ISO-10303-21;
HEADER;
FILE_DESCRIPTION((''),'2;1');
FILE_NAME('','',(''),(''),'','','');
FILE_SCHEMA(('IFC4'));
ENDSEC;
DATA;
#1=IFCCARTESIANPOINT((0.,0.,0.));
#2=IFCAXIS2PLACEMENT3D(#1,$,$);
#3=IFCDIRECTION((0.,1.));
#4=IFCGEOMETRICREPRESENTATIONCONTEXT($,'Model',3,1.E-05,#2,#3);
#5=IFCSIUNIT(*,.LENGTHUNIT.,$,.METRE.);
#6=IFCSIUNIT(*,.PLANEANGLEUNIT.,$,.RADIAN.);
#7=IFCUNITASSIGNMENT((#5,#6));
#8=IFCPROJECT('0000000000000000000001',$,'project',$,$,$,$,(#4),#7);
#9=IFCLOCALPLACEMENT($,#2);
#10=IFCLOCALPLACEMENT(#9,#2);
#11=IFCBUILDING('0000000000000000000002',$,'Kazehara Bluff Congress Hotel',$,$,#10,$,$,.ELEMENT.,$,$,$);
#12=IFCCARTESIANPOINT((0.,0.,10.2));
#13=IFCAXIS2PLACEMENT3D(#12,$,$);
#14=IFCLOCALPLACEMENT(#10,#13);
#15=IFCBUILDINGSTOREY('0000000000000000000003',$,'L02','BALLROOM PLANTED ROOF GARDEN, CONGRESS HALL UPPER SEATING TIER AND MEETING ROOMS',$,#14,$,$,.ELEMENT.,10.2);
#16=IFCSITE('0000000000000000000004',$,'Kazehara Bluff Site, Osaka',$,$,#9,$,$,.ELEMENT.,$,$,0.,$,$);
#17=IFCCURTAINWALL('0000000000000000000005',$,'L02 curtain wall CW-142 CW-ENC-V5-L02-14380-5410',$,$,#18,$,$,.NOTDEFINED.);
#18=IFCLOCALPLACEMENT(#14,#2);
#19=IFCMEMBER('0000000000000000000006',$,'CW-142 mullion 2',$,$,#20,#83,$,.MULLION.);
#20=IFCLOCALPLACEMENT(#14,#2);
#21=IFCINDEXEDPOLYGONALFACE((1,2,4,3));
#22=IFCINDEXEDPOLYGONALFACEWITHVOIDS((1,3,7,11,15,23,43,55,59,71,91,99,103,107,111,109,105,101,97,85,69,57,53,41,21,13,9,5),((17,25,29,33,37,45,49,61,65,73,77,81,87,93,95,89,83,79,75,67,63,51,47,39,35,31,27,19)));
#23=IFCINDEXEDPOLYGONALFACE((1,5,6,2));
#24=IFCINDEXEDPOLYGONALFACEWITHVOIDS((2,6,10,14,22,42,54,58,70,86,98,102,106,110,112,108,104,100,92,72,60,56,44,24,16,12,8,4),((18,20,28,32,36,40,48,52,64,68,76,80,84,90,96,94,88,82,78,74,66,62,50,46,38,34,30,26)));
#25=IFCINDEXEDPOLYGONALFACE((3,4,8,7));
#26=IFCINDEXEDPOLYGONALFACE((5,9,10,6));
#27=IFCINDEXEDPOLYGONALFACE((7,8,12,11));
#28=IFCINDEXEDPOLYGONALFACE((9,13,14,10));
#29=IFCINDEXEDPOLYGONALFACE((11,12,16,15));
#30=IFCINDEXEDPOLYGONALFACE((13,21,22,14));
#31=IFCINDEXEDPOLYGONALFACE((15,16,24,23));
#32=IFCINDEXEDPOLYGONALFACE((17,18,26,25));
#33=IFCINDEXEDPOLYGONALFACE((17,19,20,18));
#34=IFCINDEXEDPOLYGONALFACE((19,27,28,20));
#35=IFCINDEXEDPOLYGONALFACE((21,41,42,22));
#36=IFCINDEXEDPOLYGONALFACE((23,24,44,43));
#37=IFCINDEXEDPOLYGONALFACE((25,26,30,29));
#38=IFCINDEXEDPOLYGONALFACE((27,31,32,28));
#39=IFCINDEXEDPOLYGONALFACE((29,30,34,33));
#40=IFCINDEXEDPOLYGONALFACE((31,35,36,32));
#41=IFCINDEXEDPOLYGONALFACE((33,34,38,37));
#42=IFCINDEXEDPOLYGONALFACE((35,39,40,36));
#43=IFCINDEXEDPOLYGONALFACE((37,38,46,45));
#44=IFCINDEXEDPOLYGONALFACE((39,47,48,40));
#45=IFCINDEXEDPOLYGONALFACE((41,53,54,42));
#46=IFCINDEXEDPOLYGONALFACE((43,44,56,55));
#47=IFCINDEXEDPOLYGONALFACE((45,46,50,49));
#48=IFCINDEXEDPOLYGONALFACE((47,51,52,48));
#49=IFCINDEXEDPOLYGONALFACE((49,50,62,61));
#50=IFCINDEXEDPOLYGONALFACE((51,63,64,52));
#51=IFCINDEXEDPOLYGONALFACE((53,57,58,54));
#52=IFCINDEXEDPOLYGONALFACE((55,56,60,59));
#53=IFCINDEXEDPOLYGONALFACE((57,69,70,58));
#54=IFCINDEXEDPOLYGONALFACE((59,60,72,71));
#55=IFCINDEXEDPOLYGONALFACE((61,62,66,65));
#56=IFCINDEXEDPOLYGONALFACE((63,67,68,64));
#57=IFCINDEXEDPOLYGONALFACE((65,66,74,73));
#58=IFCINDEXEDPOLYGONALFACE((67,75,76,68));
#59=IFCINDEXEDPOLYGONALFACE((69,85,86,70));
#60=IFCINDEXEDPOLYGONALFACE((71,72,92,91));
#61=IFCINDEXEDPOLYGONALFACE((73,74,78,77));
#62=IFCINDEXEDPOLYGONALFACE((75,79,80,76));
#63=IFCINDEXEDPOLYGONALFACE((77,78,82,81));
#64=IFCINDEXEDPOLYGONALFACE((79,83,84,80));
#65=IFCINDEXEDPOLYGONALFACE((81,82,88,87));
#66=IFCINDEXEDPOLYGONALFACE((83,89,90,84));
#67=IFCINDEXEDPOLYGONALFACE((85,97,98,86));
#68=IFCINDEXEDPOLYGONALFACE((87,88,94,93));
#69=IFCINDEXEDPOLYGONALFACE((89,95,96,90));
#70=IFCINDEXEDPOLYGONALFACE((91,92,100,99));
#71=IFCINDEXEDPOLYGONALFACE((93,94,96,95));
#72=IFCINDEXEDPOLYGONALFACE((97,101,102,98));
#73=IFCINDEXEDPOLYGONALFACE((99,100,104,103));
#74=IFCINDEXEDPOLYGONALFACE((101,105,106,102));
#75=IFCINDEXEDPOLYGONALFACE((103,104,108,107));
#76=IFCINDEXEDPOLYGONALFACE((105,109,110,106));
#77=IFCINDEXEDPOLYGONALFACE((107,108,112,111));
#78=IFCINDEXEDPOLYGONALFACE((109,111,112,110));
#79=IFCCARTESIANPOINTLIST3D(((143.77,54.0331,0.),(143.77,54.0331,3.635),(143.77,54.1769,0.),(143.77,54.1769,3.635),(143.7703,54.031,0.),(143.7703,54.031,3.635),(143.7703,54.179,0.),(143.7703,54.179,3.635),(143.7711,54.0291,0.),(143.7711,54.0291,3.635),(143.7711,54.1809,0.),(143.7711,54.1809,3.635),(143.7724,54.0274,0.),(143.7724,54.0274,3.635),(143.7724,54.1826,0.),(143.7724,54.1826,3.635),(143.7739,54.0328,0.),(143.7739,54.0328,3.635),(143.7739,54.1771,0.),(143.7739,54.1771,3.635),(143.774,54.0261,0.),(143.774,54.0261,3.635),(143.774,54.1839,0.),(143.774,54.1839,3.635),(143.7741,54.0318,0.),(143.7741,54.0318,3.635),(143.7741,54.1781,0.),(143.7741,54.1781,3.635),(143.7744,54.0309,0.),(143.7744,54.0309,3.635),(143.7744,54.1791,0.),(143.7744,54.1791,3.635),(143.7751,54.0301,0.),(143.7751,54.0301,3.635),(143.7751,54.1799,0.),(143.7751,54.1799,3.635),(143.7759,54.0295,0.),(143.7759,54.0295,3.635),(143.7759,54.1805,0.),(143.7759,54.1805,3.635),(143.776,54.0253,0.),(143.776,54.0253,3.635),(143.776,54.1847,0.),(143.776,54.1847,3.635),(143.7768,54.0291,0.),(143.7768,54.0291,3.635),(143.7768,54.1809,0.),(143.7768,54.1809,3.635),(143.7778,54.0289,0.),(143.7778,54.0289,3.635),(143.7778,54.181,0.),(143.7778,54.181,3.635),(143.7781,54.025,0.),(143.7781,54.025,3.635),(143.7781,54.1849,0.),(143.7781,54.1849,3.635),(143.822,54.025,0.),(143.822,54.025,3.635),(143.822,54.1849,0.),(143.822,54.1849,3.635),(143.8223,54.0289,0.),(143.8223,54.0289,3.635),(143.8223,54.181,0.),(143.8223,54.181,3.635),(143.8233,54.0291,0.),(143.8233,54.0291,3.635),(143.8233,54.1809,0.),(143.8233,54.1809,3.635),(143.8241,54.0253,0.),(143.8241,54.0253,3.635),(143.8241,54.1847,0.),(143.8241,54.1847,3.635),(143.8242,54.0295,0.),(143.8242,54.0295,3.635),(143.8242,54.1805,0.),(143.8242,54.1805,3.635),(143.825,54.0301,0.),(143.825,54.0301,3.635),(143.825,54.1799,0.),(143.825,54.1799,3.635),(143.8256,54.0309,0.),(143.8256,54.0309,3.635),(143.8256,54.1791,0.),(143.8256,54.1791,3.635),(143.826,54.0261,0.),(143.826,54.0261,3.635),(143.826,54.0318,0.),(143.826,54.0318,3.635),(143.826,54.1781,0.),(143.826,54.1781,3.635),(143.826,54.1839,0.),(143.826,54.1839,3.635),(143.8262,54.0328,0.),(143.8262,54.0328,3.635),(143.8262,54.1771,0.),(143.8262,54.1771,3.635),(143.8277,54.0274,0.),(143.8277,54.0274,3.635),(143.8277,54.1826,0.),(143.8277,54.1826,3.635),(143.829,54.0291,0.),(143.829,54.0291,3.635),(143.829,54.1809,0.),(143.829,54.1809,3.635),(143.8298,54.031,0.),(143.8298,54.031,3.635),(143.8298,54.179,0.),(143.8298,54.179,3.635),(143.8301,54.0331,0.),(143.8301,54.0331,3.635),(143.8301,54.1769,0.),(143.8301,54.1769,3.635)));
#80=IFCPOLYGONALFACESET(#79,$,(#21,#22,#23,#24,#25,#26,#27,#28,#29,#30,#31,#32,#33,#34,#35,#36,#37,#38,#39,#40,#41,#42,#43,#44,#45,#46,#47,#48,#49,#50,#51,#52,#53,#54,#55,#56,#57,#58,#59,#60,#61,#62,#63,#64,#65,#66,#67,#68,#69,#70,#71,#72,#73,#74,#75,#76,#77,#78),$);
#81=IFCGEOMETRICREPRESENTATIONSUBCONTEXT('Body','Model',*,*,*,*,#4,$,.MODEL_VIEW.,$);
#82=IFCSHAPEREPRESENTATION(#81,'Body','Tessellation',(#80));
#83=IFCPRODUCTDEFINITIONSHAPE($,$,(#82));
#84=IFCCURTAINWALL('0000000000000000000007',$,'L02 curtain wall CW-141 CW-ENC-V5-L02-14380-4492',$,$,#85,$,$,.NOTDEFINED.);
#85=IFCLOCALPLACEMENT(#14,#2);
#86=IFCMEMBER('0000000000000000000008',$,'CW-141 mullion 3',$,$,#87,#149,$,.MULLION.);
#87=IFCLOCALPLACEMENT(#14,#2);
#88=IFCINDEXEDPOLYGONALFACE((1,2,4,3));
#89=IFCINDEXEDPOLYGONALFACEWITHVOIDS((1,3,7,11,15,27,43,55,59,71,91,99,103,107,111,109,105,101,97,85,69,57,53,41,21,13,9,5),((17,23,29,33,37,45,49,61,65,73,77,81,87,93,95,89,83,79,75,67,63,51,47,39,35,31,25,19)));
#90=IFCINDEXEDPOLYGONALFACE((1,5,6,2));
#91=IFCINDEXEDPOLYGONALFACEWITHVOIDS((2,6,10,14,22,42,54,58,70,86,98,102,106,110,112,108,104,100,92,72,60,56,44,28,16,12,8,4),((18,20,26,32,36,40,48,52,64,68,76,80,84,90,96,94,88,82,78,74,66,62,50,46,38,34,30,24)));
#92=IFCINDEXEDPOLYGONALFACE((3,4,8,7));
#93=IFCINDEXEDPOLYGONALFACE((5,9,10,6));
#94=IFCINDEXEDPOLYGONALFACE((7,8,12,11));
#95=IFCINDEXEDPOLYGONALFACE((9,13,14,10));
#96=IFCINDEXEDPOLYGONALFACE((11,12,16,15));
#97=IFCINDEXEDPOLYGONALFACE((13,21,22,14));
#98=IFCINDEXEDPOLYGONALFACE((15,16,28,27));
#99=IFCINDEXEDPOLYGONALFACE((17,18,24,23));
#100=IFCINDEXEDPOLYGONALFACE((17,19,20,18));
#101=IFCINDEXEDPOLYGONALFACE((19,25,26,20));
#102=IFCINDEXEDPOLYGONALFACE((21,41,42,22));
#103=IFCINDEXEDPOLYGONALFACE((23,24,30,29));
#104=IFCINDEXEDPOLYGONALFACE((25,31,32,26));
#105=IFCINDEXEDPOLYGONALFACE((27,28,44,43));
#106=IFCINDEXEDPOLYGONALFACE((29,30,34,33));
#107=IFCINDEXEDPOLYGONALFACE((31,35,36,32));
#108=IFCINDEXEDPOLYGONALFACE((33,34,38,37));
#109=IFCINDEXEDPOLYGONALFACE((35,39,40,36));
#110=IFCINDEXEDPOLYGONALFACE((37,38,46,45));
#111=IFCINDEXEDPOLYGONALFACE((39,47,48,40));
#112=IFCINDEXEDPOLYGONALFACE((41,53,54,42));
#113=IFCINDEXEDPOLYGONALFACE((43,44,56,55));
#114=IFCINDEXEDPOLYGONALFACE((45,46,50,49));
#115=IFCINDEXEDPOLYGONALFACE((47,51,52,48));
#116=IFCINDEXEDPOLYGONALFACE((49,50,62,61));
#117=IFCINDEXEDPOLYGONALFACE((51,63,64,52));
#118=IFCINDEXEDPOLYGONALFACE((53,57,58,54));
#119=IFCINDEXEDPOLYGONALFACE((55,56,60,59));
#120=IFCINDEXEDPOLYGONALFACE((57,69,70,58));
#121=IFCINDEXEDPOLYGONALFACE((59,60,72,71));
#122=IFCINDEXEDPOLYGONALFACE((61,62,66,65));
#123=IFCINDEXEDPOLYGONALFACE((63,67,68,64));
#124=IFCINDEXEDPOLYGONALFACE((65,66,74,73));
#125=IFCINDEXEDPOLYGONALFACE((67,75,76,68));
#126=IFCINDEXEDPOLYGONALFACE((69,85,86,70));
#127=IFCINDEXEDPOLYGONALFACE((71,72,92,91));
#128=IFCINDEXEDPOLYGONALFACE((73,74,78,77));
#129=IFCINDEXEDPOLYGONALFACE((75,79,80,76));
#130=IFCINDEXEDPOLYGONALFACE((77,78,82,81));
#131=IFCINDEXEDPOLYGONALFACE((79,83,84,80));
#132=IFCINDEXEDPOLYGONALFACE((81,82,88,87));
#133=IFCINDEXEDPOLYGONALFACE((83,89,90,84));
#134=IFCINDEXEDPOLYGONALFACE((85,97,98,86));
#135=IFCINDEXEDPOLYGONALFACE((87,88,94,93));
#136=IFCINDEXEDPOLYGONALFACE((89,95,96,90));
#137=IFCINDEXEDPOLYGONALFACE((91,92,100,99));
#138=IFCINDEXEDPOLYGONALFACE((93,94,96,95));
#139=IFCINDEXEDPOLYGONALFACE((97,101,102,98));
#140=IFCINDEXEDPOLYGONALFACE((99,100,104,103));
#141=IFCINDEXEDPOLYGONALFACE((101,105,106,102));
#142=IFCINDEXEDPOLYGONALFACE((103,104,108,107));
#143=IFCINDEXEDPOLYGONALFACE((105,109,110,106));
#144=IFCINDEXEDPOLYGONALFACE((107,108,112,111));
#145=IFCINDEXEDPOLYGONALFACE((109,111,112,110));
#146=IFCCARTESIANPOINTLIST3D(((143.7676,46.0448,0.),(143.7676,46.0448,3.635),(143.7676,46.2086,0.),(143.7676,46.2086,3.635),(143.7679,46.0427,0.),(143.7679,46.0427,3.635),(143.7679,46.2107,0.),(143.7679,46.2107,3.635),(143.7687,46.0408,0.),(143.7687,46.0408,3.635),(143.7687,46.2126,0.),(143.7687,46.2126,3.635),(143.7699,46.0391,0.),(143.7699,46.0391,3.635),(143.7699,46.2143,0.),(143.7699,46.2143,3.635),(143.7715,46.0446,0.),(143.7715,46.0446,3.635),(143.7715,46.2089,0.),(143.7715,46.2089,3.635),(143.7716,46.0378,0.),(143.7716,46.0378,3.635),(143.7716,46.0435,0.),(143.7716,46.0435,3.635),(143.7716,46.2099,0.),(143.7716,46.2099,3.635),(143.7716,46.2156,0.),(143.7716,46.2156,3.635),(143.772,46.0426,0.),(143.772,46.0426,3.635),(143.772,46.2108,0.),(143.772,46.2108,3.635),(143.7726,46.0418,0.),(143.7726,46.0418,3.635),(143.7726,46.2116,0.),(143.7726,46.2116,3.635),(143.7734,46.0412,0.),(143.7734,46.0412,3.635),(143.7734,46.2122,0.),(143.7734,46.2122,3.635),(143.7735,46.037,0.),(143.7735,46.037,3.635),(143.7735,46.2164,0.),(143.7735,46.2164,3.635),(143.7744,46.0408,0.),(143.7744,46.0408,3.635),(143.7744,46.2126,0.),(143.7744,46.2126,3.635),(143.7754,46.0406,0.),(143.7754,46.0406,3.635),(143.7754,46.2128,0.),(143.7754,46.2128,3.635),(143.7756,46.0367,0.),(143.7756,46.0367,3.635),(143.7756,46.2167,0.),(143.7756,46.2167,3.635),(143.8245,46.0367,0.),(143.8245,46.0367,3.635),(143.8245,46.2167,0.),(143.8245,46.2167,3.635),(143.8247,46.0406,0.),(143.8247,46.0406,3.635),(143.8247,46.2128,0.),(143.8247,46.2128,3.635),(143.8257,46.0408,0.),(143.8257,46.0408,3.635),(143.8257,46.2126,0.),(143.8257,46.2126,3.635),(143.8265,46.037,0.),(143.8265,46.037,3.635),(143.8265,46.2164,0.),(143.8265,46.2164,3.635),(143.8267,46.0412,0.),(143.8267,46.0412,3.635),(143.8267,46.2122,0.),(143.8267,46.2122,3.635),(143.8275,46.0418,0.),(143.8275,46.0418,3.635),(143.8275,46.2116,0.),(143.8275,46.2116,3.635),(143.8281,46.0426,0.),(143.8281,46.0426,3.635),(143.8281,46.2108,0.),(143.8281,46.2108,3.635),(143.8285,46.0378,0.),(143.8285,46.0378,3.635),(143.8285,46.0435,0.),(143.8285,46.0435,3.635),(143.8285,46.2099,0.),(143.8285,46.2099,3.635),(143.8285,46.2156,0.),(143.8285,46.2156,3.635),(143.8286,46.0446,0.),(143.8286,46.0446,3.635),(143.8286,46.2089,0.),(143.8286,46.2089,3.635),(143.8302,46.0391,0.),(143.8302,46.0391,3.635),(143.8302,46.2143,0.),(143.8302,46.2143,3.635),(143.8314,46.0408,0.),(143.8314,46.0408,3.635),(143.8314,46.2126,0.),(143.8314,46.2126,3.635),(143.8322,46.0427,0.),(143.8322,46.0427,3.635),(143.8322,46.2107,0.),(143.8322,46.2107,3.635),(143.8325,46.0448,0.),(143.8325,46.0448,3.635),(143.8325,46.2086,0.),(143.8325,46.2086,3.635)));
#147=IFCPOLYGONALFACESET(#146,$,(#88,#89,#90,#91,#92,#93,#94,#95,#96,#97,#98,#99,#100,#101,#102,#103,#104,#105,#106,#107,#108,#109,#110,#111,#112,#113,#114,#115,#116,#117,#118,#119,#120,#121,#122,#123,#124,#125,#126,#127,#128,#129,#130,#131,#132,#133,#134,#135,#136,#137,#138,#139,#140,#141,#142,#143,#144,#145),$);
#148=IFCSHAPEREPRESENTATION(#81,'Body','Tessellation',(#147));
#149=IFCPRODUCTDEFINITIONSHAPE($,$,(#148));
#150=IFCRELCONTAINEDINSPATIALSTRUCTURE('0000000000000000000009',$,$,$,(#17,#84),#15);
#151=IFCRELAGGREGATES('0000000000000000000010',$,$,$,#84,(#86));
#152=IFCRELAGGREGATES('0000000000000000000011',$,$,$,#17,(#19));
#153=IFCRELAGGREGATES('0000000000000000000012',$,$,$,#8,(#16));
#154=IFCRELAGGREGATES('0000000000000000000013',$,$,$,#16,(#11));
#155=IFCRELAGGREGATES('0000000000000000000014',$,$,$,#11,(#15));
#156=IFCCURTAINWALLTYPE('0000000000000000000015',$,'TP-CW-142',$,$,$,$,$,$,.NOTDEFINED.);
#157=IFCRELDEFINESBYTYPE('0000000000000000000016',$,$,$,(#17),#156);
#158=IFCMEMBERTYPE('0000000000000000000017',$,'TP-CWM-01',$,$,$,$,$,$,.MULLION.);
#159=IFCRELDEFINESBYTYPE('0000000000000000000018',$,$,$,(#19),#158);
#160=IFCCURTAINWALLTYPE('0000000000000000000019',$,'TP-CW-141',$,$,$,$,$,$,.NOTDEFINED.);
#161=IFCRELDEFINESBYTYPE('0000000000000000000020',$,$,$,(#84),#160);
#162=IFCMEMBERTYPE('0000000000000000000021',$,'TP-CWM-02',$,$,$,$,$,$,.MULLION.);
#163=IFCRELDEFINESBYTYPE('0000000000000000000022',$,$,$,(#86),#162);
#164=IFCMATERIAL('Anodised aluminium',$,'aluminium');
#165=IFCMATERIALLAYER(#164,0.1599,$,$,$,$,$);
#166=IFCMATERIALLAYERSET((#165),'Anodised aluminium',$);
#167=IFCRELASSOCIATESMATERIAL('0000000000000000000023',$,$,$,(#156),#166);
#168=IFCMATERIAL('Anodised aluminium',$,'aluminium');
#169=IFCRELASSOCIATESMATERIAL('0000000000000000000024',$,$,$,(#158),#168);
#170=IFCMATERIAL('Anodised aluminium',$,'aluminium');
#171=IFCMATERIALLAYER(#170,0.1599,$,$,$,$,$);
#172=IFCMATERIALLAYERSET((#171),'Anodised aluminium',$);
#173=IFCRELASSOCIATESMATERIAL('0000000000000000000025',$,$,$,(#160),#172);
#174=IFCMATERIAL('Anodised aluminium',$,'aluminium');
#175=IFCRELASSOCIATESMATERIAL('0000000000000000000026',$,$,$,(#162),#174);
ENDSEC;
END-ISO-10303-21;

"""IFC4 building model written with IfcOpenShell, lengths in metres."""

from ifc_helpers import new_model, si_unit, direction, frame, origin, origin_2d, place, context, subcontext, project, spatial, hollow_rectangle, extrude, material, layer, layer_set, material_profile, profile_set, type_object, element, aggregate, save


model = new_model("IFC4")

# Units and contexts
model_context = context("Model", 3, precision=1e-05, world=origin(), true_north=direction((0.0, 1.0)))
body_context = subcontext(model_context, "Body", "Model", "MODEL_VIEW")
ifc_project = project(units=[si_unit("LENGTHUNIT", "METRE"), si_unit("PLANEANGLEUNIT", "RADIAN")], contexts=[model_context])

# Site, building, storey
site_placement = place(None, origin())
site = spatial("IfcSite", under=ifc_project, at=site_placement, Name="Kazehara Bluff Site, Osaka", CompositionType="ELEMENT", RefElevation=0.0)
building_placement = place(site_placement, origin())
building = spatial("IfcBuilding", under=site, at=building_placement, Name="Kazehara Bluff Congress Hotel", CompositionType="ELEMENT")
storey_placement = place(building_placement, frame((0.0, 0.0, 10.2)))
storey = spatial("IfcBuildingStorey", under=building, at=storey_placement, Name="L02", Description="BALLROOM PLANTED ROOF GARDEN, CONGRESS HALL UPPER SEATING TIER AND MEETING ROOMS", CompositionType="ELEMENT", Elevation=10.2)

# Curtain walls, members
ifc_material_1 = material(Name="Anodised aluminium", Category="aluminium")
ifc_layer_1 = layer(ifc_material_1, 0.1599)
ifc_layer_set_1 = layer_set([ifc_layer_1], Name="Anodised aluminium")
curtain_wall_type_1 = type_object("IfcCurtainWallType", Name="TP-CW-142", PredefinedType="NOTDEFINED", material=ifc_layer_set_1)
curtain_wall_1_placement = place(storey_placement, origin())
curtain_wall_1 = element("IfcCurtainWall", 1, at=curtain_wall_1_placement, inside=storey, type_object=curtain_wall_type_1, Name="L02 curtain wall CW-142 CW-ENC-V5-L02-14380-5410", PredefinedType="NOTDEFINED")
ifc_material_2 = material(Name="Anodised aluminium", Category="aluminium")
ifc_material_profile_1 = material_profile(ifc_material_2, hollow_rectangle(XDim=0.0601, YDim=0.1599, WallThickness=0.0039, InnerFilletRadius=0.0039, OuterFilletRadius=0.0081, at=origin_2d()))
ifc_profile_set_1 = profile_set([ifc_material_profile_1], Name="Anodised aluminium")
member_type_1 = type_object("IfcMemberType", Name="TP-CWM-01", PredefinedType="MULLION", material=ifc_profile_set_1)
member_1_placement = place(storey_placement, frame((143.8, 54.105, 0.0), z_axis=(0.0, 0.0, 1.0), x_axis=(-1.0, 0.0, 0.0)))
member_1 = element("IfcMember", 2, at=member_1_placement, type_object=member_type_1, Name="CW-142 mullion 2", PredefinedType="MULLION", context=body_context, shape_type="SweptSolid", body=[
    extrude(hollow_rectangle(XDim=0.0601, YDim=0.1599, WallThickness=0.0039, InnerFilletRadius=0.0039, OuterFilletRadius=0.0081, at=origin_2d()), origin(), (0.0, 0.0, 1.0), 3.635),
])
ifc_material_3 = material(Name="Anodised aluminium", Category="aluminium")
ifc_layer_2 = layer(ifc_material_3, 0.1599)
ifc_layer_set_2 = layer_set([ifc_layer_2], Name="Anodised aluminium")
curtain_wall_type_2 = type_object("IfcCurtainWallType", Name="TP-CW-141", PredefinedType="NOTDEFINED", material=ifc_layer_set_2)
curtain_wall_2_placement = place(storey_placement, origin())
curtain_wall_2 = element("IfcCurtainWall", 3, at=curtain_wall_2_placement, inside=storey, type_object=curtain_wall_type_2, Name="L02 curtain wall CW-141 CW-ENC-V5-L02-14380-4492", PredefinedType="NOTDEFINED")
ifc_material_4 = material(Name="Anodised aluminium", Category="aluminium")
ifc_material_profile_2 = material_profile(ifc_material_4, hollow_rectangle(XDim=0.0649, YDim=0.1799, WallThickness=0.0039, InnerFilletRadius=0.0039, OuterFilletRadius=0.0081, at=origin_2d()))
ifc_profile_set_2 = profile_set([ifc_material_profile_2], Name="Anodised aluminium")
member_type_2 = type_object("IfcMemberType", Name="TP-CWM-02", PredefinedType="MULLION", material=ifc_profile_set_2)
member_2_placement = place(storey_placement, frame((143.8, 46.1267, 0.0), z_axis=(0.0, 0.0, 1.0), x_axis=(-1.0, 0.0, 0.0)))
member_2 = element("IfcMember", 4, at=member_2_placement, type_object=member_type_2, Name="CW-141 mullion 3", PredefinedType="MULLION", context=body_context, shape_type="SweptSolid", body=[
    extrude(hollow_rectangle(XDim=0.0649, YDim=0.1799, WallThickness=0.0039, InnerFilletRadius=0.0039, OuterFilletRadius=0.0081, at=origin_2d()), origin(), (0.0, 0.0, 1.0), 3.635),
])

aggregate(curtain_wall_2, [member_2])
aggregate(curtain_wall_1, [member_1])

save(model, "model.ifc")
